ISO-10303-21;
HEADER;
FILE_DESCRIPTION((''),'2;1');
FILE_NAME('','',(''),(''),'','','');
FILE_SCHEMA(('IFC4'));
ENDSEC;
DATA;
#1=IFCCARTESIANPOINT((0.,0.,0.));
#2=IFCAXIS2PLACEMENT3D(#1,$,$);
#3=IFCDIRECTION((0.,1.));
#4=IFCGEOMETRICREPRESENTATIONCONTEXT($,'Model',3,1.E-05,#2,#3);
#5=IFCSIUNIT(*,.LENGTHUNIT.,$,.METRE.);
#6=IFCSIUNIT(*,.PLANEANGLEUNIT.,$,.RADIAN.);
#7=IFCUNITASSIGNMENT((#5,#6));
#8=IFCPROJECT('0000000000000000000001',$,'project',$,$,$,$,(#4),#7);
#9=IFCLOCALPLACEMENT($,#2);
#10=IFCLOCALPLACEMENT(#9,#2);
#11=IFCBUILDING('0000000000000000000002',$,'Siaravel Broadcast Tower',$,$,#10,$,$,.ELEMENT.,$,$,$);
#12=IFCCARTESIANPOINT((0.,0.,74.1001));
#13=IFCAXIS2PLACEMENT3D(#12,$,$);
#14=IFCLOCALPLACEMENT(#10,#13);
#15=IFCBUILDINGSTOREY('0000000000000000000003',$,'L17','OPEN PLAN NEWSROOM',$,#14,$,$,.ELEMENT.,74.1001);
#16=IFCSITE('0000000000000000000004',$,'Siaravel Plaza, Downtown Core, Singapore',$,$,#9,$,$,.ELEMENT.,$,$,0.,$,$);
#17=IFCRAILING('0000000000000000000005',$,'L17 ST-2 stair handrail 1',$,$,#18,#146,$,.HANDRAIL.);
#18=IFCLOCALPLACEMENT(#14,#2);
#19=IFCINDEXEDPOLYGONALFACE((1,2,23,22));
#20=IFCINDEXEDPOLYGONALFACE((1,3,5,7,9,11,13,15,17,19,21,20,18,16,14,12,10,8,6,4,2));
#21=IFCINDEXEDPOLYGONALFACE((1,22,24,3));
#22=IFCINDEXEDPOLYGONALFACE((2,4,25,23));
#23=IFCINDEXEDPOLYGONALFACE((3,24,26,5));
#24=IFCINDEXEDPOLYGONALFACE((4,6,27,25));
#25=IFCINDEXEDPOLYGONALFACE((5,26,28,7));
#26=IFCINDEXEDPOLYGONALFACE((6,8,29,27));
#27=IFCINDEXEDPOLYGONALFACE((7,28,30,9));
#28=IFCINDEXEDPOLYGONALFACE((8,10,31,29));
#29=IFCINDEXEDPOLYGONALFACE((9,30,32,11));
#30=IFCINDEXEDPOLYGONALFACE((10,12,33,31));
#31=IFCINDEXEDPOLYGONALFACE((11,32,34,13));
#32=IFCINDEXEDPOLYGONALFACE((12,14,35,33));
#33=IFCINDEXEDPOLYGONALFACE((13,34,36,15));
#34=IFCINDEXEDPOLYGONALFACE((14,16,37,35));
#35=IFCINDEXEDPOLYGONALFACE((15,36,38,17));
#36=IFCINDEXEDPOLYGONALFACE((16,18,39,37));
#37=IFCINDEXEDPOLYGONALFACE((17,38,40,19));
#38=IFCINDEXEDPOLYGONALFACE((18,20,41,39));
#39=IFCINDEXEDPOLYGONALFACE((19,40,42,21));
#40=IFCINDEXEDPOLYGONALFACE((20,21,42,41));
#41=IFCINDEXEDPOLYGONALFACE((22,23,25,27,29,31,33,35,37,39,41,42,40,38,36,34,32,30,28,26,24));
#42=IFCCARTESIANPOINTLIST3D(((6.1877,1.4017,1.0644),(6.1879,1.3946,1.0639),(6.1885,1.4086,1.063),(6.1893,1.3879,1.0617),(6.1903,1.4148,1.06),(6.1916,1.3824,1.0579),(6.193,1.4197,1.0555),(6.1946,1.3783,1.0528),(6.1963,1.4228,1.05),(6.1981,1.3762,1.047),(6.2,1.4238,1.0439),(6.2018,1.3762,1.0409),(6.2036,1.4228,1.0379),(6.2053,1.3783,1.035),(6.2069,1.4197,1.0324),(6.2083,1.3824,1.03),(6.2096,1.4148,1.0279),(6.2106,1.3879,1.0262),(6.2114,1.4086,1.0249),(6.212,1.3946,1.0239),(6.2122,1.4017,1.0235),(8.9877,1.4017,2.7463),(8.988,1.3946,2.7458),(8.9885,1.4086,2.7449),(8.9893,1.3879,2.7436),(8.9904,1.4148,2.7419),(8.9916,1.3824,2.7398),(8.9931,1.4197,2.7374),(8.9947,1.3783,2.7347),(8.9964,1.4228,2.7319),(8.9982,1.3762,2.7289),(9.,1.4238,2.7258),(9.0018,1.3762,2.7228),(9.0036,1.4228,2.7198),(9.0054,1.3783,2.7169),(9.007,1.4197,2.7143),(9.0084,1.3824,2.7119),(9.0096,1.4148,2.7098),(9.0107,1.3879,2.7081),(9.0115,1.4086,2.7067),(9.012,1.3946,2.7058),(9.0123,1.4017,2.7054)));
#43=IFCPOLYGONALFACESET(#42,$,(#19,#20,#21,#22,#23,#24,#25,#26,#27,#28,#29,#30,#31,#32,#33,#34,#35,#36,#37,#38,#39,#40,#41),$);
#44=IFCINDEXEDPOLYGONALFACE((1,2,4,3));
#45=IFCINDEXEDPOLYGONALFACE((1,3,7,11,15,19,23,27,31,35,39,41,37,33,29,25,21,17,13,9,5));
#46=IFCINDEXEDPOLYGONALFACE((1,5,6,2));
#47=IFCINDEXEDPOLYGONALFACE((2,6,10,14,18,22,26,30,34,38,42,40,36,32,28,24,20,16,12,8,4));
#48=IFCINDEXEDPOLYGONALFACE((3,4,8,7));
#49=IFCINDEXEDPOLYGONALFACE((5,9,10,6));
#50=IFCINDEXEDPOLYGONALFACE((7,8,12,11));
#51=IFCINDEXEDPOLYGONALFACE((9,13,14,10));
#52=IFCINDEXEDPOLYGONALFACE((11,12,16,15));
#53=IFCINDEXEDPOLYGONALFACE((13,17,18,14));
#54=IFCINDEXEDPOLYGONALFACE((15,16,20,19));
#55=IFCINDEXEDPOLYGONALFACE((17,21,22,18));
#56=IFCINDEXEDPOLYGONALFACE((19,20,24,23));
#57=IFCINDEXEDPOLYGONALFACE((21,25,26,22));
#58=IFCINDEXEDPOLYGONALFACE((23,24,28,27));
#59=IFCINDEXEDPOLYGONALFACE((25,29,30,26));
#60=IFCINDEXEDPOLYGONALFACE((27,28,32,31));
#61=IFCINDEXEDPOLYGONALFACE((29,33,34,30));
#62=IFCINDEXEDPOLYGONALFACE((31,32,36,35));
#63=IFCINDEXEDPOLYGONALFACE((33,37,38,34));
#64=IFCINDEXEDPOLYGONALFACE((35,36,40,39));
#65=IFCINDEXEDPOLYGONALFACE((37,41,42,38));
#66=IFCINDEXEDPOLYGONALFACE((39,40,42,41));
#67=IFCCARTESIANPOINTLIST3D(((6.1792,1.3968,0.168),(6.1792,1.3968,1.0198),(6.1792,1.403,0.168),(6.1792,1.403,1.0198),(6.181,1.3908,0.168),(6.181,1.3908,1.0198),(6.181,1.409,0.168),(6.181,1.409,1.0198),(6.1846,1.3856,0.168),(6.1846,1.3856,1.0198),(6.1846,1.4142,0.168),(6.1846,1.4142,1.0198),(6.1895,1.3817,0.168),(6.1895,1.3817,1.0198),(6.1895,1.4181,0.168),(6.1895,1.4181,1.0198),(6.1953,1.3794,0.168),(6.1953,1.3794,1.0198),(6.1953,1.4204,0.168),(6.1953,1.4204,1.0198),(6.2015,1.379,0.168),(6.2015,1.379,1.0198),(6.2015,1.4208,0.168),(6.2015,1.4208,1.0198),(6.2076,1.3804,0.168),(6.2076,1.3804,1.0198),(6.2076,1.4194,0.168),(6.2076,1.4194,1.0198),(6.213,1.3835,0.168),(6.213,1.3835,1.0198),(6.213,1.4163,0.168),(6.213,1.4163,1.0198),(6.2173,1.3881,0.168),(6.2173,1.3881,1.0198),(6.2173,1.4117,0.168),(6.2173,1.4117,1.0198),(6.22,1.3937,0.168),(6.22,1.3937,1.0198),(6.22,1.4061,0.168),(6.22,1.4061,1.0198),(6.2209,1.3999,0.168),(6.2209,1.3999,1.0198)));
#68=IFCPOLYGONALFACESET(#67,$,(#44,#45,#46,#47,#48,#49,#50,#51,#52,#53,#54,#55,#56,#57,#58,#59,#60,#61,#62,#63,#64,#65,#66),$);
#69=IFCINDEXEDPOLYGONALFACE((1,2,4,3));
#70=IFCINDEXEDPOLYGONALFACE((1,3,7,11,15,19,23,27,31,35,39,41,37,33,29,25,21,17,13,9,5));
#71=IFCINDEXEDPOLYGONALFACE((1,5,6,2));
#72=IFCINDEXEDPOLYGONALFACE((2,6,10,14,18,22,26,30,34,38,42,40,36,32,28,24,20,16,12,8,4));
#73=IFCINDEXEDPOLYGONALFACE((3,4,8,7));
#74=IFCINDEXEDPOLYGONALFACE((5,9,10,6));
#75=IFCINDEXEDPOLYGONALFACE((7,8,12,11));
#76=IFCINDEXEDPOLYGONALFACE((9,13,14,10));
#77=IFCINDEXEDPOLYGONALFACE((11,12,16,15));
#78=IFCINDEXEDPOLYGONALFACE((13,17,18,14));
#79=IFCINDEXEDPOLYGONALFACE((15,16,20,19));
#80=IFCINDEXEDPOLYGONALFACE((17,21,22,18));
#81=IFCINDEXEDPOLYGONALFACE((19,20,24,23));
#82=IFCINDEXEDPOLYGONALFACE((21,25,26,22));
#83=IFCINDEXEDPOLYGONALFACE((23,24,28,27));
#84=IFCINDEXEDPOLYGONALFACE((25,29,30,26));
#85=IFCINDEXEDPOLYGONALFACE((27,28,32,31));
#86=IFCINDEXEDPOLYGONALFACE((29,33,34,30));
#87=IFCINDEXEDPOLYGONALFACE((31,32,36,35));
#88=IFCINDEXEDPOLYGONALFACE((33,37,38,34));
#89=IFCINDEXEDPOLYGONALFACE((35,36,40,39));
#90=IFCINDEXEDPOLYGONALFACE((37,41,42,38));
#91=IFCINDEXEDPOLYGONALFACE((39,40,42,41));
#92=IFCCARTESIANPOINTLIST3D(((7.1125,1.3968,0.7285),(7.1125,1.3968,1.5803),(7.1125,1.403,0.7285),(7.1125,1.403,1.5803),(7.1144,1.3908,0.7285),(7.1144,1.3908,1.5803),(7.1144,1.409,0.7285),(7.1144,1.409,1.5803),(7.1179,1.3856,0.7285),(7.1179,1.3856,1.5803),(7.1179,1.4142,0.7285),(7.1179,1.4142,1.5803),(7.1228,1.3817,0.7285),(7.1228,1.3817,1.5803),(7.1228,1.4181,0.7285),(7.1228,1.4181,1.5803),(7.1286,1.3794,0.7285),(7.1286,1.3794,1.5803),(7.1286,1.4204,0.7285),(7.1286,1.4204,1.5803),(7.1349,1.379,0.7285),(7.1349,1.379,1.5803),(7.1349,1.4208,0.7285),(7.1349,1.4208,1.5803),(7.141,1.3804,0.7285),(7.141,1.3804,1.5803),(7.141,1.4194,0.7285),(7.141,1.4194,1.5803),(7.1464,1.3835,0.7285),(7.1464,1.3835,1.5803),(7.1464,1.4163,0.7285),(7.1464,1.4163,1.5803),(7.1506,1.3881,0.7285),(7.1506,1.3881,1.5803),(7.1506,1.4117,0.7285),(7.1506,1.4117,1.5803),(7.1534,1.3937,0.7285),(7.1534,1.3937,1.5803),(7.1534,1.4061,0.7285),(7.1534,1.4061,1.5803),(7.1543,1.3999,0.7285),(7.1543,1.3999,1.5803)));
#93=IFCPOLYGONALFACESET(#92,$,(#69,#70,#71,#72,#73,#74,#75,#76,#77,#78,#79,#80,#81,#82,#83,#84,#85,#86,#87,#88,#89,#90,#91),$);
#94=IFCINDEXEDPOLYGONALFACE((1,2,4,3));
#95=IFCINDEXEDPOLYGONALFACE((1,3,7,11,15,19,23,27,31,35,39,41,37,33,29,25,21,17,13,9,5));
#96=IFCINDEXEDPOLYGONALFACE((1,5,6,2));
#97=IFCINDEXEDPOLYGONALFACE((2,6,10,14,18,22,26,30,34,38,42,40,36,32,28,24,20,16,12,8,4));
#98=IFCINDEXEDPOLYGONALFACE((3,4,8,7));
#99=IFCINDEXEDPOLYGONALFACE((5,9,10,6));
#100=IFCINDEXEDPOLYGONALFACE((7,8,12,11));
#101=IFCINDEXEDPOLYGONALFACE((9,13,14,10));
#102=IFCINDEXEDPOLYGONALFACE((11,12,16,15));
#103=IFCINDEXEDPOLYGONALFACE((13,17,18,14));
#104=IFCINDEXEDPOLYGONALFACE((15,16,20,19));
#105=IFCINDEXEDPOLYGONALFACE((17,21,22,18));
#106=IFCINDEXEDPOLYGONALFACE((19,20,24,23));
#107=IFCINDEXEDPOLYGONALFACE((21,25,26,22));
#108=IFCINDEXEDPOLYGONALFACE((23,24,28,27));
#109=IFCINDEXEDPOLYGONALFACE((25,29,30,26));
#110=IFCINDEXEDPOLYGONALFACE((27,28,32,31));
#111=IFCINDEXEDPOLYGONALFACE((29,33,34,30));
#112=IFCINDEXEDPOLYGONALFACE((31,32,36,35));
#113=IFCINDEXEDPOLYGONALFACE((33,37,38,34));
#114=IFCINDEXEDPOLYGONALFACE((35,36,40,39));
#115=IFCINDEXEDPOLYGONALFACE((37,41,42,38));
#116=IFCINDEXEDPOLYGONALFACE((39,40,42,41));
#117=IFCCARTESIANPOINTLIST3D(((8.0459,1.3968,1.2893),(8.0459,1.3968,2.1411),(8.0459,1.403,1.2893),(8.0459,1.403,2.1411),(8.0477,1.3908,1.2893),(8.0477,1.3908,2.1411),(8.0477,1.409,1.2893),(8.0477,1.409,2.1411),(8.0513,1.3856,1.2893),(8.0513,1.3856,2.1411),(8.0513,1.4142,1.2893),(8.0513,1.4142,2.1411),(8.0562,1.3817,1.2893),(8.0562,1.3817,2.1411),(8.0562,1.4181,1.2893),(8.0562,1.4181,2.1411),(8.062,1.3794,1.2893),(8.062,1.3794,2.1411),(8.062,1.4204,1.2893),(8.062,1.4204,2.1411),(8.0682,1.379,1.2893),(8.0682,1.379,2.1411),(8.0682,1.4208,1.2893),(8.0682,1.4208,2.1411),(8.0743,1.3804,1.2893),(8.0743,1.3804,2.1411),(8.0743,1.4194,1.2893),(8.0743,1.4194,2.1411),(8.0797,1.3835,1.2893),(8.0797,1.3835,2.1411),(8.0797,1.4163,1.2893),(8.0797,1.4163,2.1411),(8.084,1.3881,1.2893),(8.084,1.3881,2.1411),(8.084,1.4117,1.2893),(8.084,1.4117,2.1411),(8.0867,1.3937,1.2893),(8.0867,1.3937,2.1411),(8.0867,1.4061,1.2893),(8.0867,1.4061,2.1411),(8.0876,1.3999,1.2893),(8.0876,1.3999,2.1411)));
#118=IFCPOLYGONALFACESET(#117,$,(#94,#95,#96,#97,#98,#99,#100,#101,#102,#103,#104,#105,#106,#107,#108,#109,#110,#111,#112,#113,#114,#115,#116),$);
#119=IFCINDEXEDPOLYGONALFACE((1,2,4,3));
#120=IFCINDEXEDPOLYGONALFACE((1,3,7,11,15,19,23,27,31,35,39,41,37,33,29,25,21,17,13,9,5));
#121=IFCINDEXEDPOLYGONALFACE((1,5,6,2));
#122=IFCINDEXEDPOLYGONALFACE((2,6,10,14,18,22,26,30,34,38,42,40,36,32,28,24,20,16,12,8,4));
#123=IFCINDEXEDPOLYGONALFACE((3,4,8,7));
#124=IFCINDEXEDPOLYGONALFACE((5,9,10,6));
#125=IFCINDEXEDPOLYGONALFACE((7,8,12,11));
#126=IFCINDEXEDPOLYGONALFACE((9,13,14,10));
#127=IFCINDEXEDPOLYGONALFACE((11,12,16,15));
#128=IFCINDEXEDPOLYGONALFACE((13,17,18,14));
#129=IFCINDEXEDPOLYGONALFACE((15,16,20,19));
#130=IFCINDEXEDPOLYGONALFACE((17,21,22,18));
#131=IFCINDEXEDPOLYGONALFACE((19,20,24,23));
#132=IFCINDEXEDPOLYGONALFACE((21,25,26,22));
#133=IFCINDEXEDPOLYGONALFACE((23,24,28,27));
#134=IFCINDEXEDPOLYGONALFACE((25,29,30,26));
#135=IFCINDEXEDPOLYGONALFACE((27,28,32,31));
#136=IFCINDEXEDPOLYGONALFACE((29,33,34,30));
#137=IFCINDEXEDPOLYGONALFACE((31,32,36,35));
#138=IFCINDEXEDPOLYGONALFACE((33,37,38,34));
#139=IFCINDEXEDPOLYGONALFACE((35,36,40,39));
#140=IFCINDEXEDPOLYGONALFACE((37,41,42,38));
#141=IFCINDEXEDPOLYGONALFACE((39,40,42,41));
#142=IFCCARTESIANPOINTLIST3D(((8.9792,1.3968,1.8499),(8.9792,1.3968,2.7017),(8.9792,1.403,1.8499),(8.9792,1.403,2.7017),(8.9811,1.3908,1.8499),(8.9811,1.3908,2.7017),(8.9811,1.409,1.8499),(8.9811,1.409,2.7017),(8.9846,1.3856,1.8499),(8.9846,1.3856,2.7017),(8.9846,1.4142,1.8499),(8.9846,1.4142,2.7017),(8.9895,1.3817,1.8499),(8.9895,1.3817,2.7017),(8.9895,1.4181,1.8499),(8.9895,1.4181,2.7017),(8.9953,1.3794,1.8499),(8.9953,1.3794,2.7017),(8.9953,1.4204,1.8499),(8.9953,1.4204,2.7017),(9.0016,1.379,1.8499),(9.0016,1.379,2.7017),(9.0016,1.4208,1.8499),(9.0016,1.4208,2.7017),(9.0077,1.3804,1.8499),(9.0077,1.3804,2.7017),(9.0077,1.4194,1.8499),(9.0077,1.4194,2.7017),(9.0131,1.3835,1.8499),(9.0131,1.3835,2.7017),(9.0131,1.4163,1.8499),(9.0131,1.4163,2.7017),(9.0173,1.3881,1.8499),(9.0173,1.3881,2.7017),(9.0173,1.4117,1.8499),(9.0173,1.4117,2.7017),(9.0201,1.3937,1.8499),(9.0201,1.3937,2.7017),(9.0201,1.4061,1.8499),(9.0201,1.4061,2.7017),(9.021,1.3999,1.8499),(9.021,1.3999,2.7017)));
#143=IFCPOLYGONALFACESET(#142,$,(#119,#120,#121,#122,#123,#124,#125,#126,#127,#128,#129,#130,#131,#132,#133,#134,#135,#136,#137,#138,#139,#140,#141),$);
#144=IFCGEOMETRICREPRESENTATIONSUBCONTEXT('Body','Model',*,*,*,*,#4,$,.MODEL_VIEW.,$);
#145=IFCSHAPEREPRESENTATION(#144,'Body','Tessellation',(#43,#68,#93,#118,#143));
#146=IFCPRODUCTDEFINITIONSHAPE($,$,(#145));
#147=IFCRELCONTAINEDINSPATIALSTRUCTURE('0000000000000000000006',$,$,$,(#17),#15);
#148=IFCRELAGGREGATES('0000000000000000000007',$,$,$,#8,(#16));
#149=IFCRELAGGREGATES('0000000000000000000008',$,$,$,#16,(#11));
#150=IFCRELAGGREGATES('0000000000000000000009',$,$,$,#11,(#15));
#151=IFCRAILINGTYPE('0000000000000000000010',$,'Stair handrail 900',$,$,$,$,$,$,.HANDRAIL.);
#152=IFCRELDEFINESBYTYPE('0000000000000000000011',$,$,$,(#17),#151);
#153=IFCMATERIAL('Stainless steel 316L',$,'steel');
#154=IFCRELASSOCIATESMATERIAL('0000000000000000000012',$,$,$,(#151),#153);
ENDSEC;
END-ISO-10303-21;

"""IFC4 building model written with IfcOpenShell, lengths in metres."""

from ifc_helpers import new_model, si_unit, direction, frame, origin, origin_2d, place, context, subcontext, project, spatial, circle, extrude, material, type_object, element, save


model = new_model("IFC4")

# Units and contexts
model_context = context("Model", 3, precision=1e-05, world=origin(), true_north=direction((0.0, 1.0)))
body_context = subcontext(model_context, "Body", "Model", "MODEL_VIEW")
ifc_project = project(units=[si_unit("LENGTHUNIT", "METRE"), si_unit("PLANEANGLEUNIT", "RADIAN")], contexts=[model_context])

# Site, building, storey
site_placement = place(None, origin())
site = spatial("IfcSite", under=ifc_project, at=site_placement, Name="Siaravel Plaza, Downtown Core, Singapore", CompositionType="ELEMENT", RefElevation=0.0)
building_placement = place(site_placement, origin())
building = spatial("IfcBuilding", under=site, at=building_placement, Name="Siaravel Broadcast Tower", CompositionType="ELEMENT")
storey_placement = place(building_placement, frame((0.0, 0.0, 74.1001)))
storey = spatial("IfcBuildingStorey", under=building, at=storey_placement, Name="L17", Description="OPEN PLAN NEWSROOM", CompositionType="ELEMENT", Elevation=74.1001)

# Railing
ifc_material_1 = material(Name="Stainless steel 316L", Category="steel")
railing_type_1 = type_object("IfcRailingType", Name="Stair handrail 900", PredefinedType="HANDRAIL", material=ifc_material_1)
railing_1_placement = place(storey_placement, frame((6.2, 1.3999, 0.168)))
element("IfcRailing", 1, at=railing_1_placement, inside=storey, type_object=railing_type_1, Name="L17 ST-2 stair handrail 1", PredefinedType="HANDRAIL", context=body_context, shape_type="SweptSolid", body=[
    extrude(circle(Radius=0.0239, at=origin_2d()), frame((0.0, 0.0, 0.876), z_axis=(0.857242, 0.0, 0.514913), x_axis=(0.0, 1.0, 0.0)), (0.0, 0.0, 1.0), 3.2664),
    extrude(circle(Radius=0.021, at=origin_2d()), origin(), (0.0, 0.0, 1.0), 0.8518),
    extrude(circle(Radius=0.021, at=origin_2d()), frame((0.9333, 0.0, 0.5605)), (0.0, 0.0, 1.0), 0.8518),
    extrude(circle(Radius=0.021, at=origin_2d()), frame((1.8667, 0.0, 1.1213)), (0.0, 0.0, 1.0), 0.8518),
    extrude(circle(Radius=0.021, at=origin_2d()), frame((2.8, 0.0, 1.6819)), (0.0, 0.0, 1.0), 0.8518),
])

save(model, "model.ifc")
